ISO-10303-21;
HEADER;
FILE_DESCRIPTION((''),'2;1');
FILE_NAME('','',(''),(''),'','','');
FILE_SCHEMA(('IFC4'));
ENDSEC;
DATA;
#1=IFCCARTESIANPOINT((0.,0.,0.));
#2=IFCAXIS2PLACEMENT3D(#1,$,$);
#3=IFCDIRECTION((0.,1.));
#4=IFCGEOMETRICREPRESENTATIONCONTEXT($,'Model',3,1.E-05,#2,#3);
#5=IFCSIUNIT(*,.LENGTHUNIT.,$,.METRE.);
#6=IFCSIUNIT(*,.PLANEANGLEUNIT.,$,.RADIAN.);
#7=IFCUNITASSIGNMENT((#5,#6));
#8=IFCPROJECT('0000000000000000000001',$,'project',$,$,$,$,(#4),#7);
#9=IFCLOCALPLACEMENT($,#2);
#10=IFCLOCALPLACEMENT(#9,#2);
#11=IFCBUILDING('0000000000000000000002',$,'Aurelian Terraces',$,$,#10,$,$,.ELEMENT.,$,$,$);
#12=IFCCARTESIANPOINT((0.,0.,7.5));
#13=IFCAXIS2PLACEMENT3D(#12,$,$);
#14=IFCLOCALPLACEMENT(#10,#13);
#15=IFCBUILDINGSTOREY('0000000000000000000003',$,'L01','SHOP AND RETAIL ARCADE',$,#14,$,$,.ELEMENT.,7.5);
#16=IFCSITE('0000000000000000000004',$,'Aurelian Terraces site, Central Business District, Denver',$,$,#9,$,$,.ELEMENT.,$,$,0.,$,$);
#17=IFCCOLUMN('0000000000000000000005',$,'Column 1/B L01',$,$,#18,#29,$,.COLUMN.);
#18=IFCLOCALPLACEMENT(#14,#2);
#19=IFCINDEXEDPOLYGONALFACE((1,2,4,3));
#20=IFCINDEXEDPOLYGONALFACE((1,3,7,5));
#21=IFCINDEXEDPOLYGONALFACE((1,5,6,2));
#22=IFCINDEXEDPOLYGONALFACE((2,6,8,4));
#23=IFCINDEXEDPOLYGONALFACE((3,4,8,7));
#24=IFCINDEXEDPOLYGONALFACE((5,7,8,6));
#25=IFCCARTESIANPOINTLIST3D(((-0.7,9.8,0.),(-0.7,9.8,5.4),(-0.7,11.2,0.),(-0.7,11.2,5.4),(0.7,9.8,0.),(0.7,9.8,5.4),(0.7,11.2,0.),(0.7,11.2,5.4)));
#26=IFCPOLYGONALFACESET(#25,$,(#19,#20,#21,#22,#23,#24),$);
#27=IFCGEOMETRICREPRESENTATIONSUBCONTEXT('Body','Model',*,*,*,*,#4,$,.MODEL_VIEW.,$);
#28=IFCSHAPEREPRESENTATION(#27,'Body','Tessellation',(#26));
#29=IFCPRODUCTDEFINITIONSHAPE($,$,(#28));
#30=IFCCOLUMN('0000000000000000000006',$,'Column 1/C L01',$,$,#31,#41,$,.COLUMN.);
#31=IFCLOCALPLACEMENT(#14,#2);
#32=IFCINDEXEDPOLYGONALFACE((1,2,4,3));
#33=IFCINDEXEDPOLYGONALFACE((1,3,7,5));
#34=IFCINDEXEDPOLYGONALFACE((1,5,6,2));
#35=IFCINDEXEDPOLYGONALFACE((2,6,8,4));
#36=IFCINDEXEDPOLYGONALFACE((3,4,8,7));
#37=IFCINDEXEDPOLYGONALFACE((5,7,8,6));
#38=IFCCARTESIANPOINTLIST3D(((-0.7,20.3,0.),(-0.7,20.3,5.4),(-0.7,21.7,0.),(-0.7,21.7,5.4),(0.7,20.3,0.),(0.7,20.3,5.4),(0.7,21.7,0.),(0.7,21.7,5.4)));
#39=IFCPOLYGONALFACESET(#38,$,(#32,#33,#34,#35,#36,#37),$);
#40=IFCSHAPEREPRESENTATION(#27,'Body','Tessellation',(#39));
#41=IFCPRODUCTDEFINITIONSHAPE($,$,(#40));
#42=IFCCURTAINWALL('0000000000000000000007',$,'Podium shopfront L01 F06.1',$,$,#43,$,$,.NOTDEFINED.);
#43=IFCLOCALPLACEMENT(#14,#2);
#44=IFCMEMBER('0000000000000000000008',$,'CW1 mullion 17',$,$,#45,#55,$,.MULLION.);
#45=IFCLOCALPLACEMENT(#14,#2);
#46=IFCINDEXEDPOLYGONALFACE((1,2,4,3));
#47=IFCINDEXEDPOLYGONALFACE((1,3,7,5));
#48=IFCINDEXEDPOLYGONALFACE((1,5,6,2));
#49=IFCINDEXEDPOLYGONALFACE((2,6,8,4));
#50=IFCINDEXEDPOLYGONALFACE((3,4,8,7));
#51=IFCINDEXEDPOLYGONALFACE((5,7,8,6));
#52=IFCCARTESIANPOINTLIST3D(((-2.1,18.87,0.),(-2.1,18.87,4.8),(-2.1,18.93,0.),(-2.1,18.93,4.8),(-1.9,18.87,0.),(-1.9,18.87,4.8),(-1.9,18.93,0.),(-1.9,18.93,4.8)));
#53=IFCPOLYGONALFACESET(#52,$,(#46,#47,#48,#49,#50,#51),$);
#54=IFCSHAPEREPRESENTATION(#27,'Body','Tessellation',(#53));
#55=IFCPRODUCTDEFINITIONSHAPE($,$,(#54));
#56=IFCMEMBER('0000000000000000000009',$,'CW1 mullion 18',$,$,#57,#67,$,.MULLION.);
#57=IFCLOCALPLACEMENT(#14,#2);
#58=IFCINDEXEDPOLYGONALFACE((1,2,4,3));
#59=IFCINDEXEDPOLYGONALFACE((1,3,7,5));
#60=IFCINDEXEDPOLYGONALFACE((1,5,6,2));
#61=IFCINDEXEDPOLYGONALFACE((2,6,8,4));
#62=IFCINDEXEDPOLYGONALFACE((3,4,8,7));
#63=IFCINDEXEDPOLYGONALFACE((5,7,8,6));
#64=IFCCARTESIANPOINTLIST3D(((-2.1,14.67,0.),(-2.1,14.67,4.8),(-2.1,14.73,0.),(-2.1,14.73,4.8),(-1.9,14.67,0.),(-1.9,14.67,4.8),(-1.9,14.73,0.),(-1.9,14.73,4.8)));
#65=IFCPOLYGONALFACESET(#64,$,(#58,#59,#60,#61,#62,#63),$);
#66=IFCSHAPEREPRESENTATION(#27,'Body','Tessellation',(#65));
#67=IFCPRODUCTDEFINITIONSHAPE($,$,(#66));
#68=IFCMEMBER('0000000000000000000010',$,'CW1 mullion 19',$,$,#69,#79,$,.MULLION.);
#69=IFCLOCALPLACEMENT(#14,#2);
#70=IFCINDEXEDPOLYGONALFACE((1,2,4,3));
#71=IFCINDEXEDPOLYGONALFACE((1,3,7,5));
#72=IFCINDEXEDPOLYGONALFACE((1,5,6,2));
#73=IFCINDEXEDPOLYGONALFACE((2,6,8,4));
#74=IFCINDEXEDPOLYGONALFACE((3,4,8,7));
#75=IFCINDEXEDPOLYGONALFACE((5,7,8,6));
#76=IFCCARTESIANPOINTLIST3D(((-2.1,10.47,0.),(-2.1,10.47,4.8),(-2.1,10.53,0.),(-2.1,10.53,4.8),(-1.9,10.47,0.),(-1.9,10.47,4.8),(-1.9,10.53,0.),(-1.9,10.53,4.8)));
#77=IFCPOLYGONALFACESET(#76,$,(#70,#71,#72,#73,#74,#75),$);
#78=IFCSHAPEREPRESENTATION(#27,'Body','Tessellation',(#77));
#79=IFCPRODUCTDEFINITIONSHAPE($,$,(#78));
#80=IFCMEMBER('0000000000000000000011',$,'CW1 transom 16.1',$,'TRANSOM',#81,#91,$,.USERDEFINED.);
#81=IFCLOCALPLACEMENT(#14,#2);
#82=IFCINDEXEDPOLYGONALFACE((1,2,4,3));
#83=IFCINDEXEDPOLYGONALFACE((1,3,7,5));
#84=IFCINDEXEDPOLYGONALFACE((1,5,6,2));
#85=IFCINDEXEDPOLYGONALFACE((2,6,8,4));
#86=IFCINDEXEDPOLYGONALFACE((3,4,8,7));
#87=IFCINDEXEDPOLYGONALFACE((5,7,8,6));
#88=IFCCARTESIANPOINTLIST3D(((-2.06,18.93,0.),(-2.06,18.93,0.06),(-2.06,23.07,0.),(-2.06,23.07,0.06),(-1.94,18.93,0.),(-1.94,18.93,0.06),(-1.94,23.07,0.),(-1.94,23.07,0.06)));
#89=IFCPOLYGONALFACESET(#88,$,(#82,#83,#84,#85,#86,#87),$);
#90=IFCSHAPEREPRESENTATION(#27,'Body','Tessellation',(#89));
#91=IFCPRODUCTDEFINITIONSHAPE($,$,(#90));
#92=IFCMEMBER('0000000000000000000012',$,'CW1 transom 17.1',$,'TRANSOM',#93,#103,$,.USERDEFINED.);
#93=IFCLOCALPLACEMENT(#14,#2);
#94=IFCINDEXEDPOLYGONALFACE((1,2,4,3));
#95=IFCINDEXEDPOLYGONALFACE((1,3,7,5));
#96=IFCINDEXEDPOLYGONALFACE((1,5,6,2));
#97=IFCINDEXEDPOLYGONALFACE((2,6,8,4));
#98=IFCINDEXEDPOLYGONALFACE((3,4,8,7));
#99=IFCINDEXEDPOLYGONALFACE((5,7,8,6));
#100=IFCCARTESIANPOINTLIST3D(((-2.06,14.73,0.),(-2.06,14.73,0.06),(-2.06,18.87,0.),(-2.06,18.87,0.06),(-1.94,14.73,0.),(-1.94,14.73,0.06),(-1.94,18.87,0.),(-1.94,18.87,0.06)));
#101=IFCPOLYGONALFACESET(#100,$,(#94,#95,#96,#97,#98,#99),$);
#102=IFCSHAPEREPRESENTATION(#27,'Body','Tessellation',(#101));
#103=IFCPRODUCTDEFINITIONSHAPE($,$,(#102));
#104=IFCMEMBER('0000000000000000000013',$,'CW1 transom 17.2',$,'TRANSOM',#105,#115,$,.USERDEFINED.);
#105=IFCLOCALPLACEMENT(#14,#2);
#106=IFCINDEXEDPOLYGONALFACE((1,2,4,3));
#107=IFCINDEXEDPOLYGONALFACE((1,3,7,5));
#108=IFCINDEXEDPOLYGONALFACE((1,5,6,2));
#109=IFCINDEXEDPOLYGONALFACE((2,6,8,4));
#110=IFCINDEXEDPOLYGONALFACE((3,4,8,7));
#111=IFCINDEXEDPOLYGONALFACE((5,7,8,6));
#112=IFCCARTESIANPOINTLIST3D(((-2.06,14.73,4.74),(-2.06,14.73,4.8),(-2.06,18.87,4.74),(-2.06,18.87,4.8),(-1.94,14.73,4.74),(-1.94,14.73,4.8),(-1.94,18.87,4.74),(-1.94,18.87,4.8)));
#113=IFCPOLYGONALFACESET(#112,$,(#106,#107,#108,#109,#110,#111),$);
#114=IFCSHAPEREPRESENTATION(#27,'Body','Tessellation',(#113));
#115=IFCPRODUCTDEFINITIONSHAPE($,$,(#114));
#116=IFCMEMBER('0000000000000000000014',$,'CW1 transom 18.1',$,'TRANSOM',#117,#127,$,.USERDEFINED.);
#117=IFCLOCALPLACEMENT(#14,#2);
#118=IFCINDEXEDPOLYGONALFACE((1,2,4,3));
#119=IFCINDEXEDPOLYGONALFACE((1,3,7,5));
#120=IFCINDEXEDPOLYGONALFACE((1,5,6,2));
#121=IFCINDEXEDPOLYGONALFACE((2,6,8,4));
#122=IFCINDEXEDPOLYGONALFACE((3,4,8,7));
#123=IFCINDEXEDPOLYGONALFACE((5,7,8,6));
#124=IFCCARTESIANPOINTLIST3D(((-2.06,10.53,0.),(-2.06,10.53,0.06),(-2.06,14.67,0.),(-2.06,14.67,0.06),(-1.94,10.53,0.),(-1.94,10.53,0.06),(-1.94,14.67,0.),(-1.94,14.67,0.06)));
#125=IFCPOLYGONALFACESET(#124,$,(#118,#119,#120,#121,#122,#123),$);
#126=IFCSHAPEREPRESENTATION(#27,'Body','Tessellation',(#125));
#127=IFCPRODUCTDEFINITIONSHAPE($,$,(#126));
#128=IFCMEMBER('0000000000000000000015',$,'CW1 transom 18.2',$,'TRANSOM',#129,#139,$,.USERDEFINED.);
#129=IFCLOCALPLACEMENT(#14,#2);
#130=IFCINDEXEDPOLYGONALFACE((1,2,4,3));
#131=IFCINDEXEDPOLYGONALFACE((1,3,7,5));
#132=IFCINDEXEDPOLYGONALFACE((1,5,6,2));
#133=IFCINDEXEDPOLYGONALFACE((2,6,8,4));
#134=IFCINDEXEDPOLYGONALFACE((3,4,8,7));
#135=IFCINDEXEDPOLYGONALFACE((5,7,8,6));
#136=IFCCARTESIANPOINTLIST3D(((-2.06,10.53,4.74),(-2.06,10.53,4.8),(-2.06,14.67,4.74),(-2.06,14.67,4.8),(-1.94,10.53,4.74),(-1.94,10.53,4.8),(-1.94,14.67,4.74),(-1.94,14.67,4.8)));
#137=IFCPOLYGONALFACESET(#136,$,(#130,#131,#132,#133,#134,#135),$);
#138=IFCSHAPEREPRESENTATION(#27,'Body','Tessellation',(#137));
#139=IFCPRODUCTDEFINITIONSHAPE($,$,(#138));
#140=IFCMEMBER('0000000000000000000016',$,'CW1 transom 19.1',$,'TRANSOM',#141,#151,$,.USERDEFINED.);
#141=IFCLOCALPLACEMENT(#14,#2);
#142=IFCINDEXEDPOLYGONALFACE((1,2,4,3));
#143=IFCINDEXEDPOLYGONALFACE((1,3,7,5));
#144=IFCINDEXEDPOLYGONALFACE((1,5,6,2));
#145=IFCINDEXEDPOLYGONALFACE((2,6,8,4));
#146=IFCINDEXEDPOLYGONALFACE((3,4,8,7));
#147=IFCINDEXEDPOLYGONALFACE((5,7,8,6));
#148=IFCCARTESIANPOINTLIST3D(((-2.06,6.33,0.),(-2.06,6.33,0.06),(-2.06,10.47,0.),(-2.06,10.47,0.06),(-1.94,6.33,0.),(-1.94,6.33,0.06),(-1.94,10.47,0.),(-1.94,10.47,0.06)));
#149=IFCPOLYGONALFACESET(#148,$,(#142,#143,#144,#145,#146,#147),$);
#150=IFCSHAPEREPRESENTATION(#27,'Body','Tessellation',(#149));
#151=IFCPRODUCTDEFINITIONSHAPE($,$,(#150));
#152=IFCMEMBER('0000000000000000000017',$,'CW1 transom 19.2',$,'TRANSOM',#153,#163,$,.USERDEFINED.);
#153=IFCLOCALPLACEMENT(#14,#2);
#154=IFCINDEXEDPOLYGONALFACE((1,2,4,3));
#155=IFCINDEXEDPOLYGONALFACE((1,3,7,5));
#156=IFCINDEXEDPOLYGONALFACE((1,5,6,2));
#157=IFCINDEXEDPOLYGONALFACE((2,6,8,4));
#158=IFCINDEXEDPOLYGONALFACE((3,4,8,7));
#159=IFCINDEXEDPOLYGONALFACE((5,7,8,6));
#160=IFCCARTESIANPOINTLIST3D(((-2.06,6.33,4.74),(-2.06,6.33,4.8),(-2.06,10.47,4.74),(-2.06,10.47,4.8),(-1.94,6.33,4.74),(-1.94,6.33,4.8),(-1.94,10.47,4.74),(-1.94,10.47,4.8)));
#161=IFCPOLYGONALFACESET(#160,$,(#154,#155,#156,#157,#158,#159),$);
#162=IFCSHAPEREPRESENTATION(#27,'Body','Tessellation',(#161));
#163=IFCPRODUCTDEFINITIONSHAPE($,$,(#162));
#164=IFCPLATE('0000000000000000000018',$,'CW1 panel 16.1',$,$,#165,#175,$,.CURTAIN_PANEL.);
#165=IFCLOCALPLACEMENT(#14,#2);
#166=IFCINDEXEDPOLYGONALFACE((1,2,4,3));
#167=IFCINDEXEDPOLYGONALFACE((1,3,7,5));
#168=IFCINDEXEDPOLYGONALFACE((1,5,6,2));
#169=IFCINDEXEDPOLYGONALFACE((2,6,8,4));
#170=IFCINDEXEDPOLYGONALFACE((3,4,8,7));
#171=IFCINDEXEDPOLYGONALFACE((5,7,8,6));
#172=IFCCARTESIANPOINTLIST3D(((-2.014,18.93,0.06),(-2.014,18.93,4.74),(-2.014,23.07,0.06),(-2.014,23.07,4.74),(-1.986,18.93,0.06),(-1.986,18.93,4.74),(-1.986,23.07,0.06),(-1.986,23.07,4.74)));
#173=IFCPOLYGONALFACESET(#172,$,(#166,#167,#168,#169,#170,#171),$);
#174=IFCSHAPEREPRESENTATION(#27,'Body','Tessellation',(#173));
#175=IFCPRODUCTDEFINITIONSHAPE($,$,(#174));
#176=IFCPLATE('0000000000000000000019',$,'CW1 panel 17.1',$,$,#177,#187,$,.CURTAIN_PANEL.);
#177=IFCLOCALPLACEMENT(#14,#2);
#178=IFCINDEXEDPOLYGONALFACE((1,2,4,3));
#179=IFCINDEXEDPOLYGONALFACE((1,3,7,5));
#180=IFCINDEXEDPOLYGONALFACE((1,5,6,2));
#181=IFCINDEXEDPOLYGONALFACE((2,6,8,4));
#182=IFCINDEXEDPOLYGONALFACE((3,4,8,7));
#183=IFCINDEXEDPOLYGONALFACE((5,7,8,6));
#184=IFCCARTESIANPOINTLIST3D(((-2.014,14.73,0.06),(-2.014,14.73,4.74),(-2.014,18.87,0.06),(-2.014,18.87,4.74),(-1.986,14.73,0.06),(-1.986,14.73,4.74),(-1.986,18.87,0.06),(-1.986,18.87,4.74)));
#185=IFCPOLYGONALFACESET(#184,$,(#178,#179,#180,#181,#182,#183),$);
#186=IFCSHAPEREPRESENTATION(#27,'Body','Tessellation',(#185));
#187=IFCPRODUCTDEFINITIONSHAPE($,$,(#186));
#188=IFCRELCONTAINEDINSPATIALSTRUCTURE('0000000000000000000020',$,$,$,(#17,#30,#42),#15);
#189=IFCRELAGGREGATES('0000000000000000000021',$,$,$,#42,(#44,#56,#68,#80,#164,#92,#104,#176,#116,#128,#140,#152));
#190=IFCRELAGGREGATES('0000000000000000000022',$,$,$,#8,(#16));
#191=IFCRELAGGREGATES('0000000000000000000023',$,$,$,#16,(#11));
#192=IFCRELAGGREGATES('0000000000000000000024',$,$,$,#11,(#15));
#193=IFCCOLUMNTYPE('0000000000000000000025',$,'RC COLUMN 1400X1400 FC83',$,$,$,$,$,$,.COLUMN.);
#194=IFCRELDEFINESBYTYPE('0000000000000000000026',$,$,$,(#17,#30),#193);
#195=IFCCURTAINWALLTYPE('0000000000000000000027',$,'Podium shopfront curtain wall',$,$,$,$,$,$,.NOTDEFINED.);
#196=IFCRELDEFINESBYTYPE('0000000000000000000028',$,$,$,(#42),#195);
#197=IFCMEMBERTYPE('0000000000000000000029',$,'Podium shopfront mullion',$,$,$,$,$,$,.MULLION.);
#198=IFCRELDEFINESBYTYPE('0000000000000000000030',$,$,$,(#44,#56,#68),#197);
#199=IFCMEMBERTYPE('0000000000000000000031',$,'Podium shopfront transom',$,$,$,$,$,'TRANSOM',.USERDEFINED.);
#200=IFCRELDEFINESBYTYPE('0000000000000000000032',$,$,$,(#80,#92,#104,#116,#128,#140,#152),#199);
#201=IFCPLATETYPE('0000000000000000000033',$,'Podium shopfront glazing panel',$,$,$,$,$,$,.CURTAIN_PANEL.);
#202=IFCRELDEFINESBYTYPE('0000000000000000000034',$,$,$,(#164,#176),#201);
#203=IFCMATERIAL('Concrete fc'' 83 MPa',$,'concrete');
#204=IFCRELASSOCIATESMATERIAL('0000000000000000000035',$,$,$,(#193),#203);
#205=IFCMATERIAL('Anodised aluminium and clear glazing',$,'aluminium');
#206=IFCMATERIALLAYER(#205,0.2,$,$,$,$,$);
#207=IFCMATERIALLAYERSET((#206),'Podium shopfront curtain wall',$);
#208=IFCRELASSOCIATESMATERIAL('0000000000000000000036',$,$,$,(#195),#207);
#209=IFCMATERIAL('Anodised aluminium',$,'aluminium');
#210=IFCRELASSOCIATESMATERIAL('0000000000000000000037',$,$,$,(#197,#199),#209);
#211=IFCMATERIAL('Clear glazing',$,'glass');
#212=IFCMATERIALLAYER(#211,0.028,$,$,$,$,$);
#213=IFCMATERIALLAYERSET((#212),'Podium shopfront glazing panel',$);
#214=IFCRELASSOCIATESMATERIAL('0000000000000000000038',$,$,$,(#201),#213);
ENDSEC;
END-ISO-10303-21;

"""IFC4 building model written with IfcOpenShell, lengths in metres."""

from ifc_helpers import new_model, si_unit, direction, frame, origin, origin_2d, place, context, subcontext, project, spatial, rectangle, extrude, source, transform, mapped, material, layer, layer_set, material_profile, profile_set, type_object, element, aggregate, save


model = new_model("IFC4")

# Units and contexts
model_context = context("Model", 3, precision=1e-05, world=origin(), true_north=direction((0.0, 1.0)))
body_context = subcontext(model_context, "Body", "Model", "MODEL_VIEW")
ifc_project = project(units=[si_unit("LENGTHUNIT", "METRE"), si_unit("PLANEANGLEUNIT", "RADIAN")], contexts=[model_context])

# Site, building, storey
site_placement = place(None, origin())
site = spatial("IfcSite", under=ifc_project, at=site_placement, Name="Aurelian Terraces site, Central Business District, Denver", CompositionType="ELEMENT", RefElevation=0.0)
building_placement = place(site_placement, origin())
building = spatial("IfcBuilding", under=site, at=building_placement, Name="Aurelian Terraces", CompositionType="ELEMENT")
storey_placement = place(building_placement, frame((0.0, 0.0, 7.5)))
storey = spatial("IfcBuildingStorey", under=building, at=storey_placement, Name="L01", Description="SHOP AND RETAIL ARCADE", CompositionType="ELEMENT", Elevation=7.5)

# Columns
ifc_material_1 = material(Name="Concrete fc' 83 MPa", Category="concrete")
ifc_material_profile_1 = material_profile(ifc_material_1, rectangle(XDim=1.4, YDim=1.4, at=origin_2d()))
ifc_profile_set_1 = profile_set([ifc_material_profile_1], Name="Concrete fc' 83 MPa")
column_type = type_object("IfcColumnType", Name="RC COLUMN 1400X1400 FC83", PredefinedType="COLUMN", material=ifc_profile_set_1)
shared_shape_1 = source(origin(), body_context, "Body", "SweptSolid", [
    extrude(rectangle(XDim=1.4, YDim=1.4, at=origin_2d()), origin(), (0.0, 0.0, 1.0), 5.4),
])
for number, where, z_axis, x_axis, name in (
    (1, (0.0, 10.5, 0.0), (0.0, 0.0, 1.0), (1.0, 0.0, 0.0), "Column 1/B L01"),
    (2, (0.0, 21.0, 0.0), (0.0, 0.0, 1.0), (1.0, 0.0, 0.0), "Column 1/C L01"),
):
    element("IfcColumn", number, at=place(storey_placement, frame(where, z_axis=z_axis, x_axis=x_axis)), inside=storey, type_object=column_type, Name=name, PredefinedType="COLUMN", context=body_context, shape_type="MappedRepresentation", body=[
        mapped(shared_shape_1, transform((0.0, 0.0, 0.0), scale=1.0)),
    ])

# Curtain wall, members, plates
ifc_material_2 = material(Name="Anodised aluminium and clear glazing", Category="aluminium")
ifc_layer_1 = layer(ifc_material_2, 0.2)
ifc_layer_set_1 = layer_set([ifc_layer_1], Name="Podium shopfront curtain wall")
curtain_wall_type = type_object("IfcCurtainWallType", Name="Podium shopfront curtain wall", PredefinedType="NOTDEFINED", material=ifc_layer_set_1)
curtain_wall_placement = place(storey_placement, origin())
curtain_wall = element("IfcCurtainWall", 3, at=curtain_wall_placement, inside=storey, type_object=curtain_wall_type, Name="Podium shopfront L01 F06.1", PredefinedType="NOTDEFINED")
ifc_material_3 = material(Name="Anodised aluminium", Category="aluminium")
ifc_material_profile_2 = material_profile(ifc_material_3, rectangle(XDim=0.2, YDim=0.06, at=origin_2d()))
ifc_profile_set_2 = profile_set([ifc_material_profile_2], Name="Anodised aluminium")
member_type_1 = type_object("IfcMemberType", Name="Podium shopfront mullion", PredefinedType="MULLION", material=ifc_profile_set_2)
shared_shape_2 = source(origin(), body_context, "Body", "SweptSolid", [
    extrude(rectangle(XDim=0.2, YDim=0.06, at=origin_2d()), origin(), (0.0, 0.0, 1.0), 4.8),
])
member_1_placement = place(storey_placement, frame((-2.0, 18.9, 0.0), z_axis=(0.0, 0.0, 1.0), x_axis=(1.0, 0.0, 0.0)))
member_1 = element("IfcMember", 4, at=member_1_placement, type_object=member_type_1, Name="CW1 mullion 17", PredefinedType="MULLION", context=body_context, shape_type="MappedRepresentation", body=[
    mapped(shared_shape_2, transform((0.0, 0.0, 0.0), scale=1.0)),
])
member_2_placement = place(storey_placement, frame((-2.0, 14.7, 0.0), z_axis=(0.0, 0.0, 1.0), x_axis=(1.0, 0.0, 0.0)))
member_2 = element("IfcMember", 5, at=member_2_placement, type_object=member_type_1, Name="CW1 mullion 18", PredefinedType="MULLION", context=body_context, shape_type="MappedRepresentation", body=[
    mapped(shared_shape_2, transform((0.0, 0.0, 0.0), scale=1.0)),
])
member_3_placement = place(storey_placement, frame((-2.0, 10.5, 0.0), z_axis=(0.0, 0.0, 1.0), x_axis=(1.0, 0.0, 0.0)))
member_3 = element("IfcMember", 6, at=member_3_placement, type_object=member_type_1, Name="CW1 mullion 19", PredefinedType="MULLION", context=body_context, shape_type="MappedRepresentation", body=[
    mapped(shared_shape_2, transform((0.0, 0.0, 0.0), scale=1.0)),
])
ifc_material_profile_3 = material_profile(ifc_material_3, rectangle(XDim=0.12, YDim=0.06, at=origin_2d()))
ifc_profile_set_3 = profile_set([ifc_material_profile_3], Name="Anodised aluminium")
member_type_2 = type_object("IfcMemberType", Name="Podium shopfront transom", ElementType="TRANSOM", PredefinedType="USERDEFINED", material=ifc_profile_set_3)
shared_shape_3 = source(origin(), body_context, "Body", "SweptSolid", [
    extrude(rectangle(XDim=0.12, YDim=0.06, at=origin_2d()), origin(), (0.0, 0.0, 1.0), 4.14),
])
member_4_placement = place(storey_placement, frame((-2.0, 23.07, 0.03), z_axis=(0.0, -1.0, 0.0), x_axis=(1.0, 0.0, 0.0)))
member_4 = element("IfcMember", 7, at=member_4_placement, type_object=member_type_2, Name="CW1 transom 16.1", ObjectType="TRANSOM", PredefinedType="USERDEFINED", context=body_context, shape_type="MappedRepresentation", body=[
    mapped(shared_shape_3, transform((0.0, 0.0, 0.0), scale=1.0)),
])
member_5_placement = place(storey_placement, frame((-2.0, 18.87, 0.03), z_axis=(0.0, -1.0, 0.0), x_axis=(1.0, 0.0, 0.0)))
member_5 = element("IfcMember", 8, at=member_5_placement, type_object=member_type_2, Name="CW1 transom 17.1", ObjectType="TRANSOM", PredefinedType="USERDEFINED", context=body_context, shape_type="MappedRepresentation", body=[
    mapped(shared_shape_3, transform((0.0, 0.0, 0.0), scale=1.0)),
])
member_6_placement = place(storey_placement, frame((-2.0, 18.87, 4.77), z_axis=(0.0, -1.0, 0.0), x_axis=(1.0, 0.0, 0.0)))
member_6 = element("IfcMember", 9, at=member_6_placement, type_object=member_type_2, Name="CW1 transom 17.2", ObjectType="TRANSOM", PredefinedType="USERDEFINED", context=body_context, shape_type="MappedRepresentation", body=[
    mapped(shared_shape_3, transform((0.0, 0.0, 0.0), scale=1.0)),
])
member_7_placement = place(storey_placement, frame((-2.0, 14.67, 0.03), z_axis=(0.0, -1.0, 0.0), x_axis=(1.0, 0.0, 0.0)))
member_7 = element("IfcMember", 10, at=member_7_placement, type_object=member_type_2, Name="CW1 transom 18.1", ObjectType="TRANSOM", PredefinedType="USERDEFINED", context=body_context, shape_type="MappedRepresentation", body=[
    mapped(shared_shape_3, transform((0.0, 0.0, 0.0), scale=1.0)),
])
member_8_placement = place(storey_placement, frame((-2.0, 14.67, 4.77), z_axis=(0.0, -1.0, 0.0), x_axis=(1.0, 0.0, 0.0)))
member_8 = element("IfcMember", 11, at=member_8_placement, type_object=member_type_2, Name="CW1 transom 18.2", ObjectType="TRANSOM", PredefinedType="USERDEFINED", context=body_context, shape_type="MappedRepresentation", body=[
    mapped(shared_shape_3, transform((0.0, 0.0, 0.0), scale=1.0)),
])
member_9_placement = place(storey_placement, frame((-2.0, 10.47, 0.03), z_axis=(0.0, -1.0, 0.0), x_axis=(1.0, 0.0, 0.0)))
member_9 = element("IfcMember", 12, at=member_9_placement, type_object=member_type_2, Name="CW1 transom 19.1", ObjectType="TRANSOM", PredefinedType="USERDEFINED", context=body_context, shape_type="MappedRepresentation", body=[
    mapped(shared_shape_3, transform((0.0, 0.0, 0.0), scale=1.0)),
])
member_10_placement = place(storey_placement, frame((-2.0, 10.47, 4.77), z_axis=(0.0, -1.0, 0.0), x_axis=(1.0, 0.0, 0.0)))
member_10 = element("IfcMember", 13, at=member_10_placement, type_object=member_type_2, Name="CW1 transom 19.2", ObjectType="TRANSOM", PredefinedType="USERDEFINED", context=body_context, shape_type="MappedRepresentation", body=[
    mapped(shared_shape_3, transform((0.0, 0.0, 0.0), scale=1.0)),
])
ifc_material_4 = material(Name="Clear glazing", Category="glass")
ifc_layer_2 = layer(ifc_material_4, 0.028)
ifc_layer_set_2 = layer_set([ifc_layer_2], Name="Podium shopfront glazing panel")
plate_type = type_object("IfcPlateType", Name="Podium shopfront glazing panel", PredefinedType="CURTAIN_PANEL", material=ifc_layer_set_2)
shared_shape_4 = source(origin(), body_context, "Body", "SweptSolid", [
    extrude(rectangle(XDim=4.14, YDim=0.028, at=origin_2d()), origin(), (0.0, 0.0, 1.0), 4.68),
])
plate_1_placement = place(storey_placement, frame((-2.0, 21.0, 0.06), z_axis=(0.0, 0.0, 1.0), x_axis=(0.0, -1.0, 0.0)))
plate_1 = element("IfcPlate", 14, at=plate_1_placement, type_object=plate_type, Name="CW1 panel 16.1", PredefinedType="CURTAIN_PANEL", context=body_context, shape_type="MappedRepresentation", body=[
    mapped(shared_shape_4, transform((0.0, 0.0, 0.0), scale=1.0)),
])
plate_2_placement = place(storey_placement, frame((-2.0, 16.8, 0.06), z_axis=(0.0, 0.0, 1.0), x_axis=(0.0, -1.0, 0.0)))
plate_2 = element("IfcPlate", 15, at=plate_2_placement, type_object=plate_type, Name="CW1 panel 17.1", PredefinedType="CURTAIN_PANEL", context=body_context, shape_type="MappedRepresentation", body=[
    mapped(shared_shape_4, transform((0.0, 0.0, 0.0), scale=1.0)),
])
aggregate(curtain_wall, [member_1, member_2, member_3, member_4, plate_1, member_5, member_6, plate_2, member_7, member_8, member_9, member_10])

save(model, "model.ifc")
